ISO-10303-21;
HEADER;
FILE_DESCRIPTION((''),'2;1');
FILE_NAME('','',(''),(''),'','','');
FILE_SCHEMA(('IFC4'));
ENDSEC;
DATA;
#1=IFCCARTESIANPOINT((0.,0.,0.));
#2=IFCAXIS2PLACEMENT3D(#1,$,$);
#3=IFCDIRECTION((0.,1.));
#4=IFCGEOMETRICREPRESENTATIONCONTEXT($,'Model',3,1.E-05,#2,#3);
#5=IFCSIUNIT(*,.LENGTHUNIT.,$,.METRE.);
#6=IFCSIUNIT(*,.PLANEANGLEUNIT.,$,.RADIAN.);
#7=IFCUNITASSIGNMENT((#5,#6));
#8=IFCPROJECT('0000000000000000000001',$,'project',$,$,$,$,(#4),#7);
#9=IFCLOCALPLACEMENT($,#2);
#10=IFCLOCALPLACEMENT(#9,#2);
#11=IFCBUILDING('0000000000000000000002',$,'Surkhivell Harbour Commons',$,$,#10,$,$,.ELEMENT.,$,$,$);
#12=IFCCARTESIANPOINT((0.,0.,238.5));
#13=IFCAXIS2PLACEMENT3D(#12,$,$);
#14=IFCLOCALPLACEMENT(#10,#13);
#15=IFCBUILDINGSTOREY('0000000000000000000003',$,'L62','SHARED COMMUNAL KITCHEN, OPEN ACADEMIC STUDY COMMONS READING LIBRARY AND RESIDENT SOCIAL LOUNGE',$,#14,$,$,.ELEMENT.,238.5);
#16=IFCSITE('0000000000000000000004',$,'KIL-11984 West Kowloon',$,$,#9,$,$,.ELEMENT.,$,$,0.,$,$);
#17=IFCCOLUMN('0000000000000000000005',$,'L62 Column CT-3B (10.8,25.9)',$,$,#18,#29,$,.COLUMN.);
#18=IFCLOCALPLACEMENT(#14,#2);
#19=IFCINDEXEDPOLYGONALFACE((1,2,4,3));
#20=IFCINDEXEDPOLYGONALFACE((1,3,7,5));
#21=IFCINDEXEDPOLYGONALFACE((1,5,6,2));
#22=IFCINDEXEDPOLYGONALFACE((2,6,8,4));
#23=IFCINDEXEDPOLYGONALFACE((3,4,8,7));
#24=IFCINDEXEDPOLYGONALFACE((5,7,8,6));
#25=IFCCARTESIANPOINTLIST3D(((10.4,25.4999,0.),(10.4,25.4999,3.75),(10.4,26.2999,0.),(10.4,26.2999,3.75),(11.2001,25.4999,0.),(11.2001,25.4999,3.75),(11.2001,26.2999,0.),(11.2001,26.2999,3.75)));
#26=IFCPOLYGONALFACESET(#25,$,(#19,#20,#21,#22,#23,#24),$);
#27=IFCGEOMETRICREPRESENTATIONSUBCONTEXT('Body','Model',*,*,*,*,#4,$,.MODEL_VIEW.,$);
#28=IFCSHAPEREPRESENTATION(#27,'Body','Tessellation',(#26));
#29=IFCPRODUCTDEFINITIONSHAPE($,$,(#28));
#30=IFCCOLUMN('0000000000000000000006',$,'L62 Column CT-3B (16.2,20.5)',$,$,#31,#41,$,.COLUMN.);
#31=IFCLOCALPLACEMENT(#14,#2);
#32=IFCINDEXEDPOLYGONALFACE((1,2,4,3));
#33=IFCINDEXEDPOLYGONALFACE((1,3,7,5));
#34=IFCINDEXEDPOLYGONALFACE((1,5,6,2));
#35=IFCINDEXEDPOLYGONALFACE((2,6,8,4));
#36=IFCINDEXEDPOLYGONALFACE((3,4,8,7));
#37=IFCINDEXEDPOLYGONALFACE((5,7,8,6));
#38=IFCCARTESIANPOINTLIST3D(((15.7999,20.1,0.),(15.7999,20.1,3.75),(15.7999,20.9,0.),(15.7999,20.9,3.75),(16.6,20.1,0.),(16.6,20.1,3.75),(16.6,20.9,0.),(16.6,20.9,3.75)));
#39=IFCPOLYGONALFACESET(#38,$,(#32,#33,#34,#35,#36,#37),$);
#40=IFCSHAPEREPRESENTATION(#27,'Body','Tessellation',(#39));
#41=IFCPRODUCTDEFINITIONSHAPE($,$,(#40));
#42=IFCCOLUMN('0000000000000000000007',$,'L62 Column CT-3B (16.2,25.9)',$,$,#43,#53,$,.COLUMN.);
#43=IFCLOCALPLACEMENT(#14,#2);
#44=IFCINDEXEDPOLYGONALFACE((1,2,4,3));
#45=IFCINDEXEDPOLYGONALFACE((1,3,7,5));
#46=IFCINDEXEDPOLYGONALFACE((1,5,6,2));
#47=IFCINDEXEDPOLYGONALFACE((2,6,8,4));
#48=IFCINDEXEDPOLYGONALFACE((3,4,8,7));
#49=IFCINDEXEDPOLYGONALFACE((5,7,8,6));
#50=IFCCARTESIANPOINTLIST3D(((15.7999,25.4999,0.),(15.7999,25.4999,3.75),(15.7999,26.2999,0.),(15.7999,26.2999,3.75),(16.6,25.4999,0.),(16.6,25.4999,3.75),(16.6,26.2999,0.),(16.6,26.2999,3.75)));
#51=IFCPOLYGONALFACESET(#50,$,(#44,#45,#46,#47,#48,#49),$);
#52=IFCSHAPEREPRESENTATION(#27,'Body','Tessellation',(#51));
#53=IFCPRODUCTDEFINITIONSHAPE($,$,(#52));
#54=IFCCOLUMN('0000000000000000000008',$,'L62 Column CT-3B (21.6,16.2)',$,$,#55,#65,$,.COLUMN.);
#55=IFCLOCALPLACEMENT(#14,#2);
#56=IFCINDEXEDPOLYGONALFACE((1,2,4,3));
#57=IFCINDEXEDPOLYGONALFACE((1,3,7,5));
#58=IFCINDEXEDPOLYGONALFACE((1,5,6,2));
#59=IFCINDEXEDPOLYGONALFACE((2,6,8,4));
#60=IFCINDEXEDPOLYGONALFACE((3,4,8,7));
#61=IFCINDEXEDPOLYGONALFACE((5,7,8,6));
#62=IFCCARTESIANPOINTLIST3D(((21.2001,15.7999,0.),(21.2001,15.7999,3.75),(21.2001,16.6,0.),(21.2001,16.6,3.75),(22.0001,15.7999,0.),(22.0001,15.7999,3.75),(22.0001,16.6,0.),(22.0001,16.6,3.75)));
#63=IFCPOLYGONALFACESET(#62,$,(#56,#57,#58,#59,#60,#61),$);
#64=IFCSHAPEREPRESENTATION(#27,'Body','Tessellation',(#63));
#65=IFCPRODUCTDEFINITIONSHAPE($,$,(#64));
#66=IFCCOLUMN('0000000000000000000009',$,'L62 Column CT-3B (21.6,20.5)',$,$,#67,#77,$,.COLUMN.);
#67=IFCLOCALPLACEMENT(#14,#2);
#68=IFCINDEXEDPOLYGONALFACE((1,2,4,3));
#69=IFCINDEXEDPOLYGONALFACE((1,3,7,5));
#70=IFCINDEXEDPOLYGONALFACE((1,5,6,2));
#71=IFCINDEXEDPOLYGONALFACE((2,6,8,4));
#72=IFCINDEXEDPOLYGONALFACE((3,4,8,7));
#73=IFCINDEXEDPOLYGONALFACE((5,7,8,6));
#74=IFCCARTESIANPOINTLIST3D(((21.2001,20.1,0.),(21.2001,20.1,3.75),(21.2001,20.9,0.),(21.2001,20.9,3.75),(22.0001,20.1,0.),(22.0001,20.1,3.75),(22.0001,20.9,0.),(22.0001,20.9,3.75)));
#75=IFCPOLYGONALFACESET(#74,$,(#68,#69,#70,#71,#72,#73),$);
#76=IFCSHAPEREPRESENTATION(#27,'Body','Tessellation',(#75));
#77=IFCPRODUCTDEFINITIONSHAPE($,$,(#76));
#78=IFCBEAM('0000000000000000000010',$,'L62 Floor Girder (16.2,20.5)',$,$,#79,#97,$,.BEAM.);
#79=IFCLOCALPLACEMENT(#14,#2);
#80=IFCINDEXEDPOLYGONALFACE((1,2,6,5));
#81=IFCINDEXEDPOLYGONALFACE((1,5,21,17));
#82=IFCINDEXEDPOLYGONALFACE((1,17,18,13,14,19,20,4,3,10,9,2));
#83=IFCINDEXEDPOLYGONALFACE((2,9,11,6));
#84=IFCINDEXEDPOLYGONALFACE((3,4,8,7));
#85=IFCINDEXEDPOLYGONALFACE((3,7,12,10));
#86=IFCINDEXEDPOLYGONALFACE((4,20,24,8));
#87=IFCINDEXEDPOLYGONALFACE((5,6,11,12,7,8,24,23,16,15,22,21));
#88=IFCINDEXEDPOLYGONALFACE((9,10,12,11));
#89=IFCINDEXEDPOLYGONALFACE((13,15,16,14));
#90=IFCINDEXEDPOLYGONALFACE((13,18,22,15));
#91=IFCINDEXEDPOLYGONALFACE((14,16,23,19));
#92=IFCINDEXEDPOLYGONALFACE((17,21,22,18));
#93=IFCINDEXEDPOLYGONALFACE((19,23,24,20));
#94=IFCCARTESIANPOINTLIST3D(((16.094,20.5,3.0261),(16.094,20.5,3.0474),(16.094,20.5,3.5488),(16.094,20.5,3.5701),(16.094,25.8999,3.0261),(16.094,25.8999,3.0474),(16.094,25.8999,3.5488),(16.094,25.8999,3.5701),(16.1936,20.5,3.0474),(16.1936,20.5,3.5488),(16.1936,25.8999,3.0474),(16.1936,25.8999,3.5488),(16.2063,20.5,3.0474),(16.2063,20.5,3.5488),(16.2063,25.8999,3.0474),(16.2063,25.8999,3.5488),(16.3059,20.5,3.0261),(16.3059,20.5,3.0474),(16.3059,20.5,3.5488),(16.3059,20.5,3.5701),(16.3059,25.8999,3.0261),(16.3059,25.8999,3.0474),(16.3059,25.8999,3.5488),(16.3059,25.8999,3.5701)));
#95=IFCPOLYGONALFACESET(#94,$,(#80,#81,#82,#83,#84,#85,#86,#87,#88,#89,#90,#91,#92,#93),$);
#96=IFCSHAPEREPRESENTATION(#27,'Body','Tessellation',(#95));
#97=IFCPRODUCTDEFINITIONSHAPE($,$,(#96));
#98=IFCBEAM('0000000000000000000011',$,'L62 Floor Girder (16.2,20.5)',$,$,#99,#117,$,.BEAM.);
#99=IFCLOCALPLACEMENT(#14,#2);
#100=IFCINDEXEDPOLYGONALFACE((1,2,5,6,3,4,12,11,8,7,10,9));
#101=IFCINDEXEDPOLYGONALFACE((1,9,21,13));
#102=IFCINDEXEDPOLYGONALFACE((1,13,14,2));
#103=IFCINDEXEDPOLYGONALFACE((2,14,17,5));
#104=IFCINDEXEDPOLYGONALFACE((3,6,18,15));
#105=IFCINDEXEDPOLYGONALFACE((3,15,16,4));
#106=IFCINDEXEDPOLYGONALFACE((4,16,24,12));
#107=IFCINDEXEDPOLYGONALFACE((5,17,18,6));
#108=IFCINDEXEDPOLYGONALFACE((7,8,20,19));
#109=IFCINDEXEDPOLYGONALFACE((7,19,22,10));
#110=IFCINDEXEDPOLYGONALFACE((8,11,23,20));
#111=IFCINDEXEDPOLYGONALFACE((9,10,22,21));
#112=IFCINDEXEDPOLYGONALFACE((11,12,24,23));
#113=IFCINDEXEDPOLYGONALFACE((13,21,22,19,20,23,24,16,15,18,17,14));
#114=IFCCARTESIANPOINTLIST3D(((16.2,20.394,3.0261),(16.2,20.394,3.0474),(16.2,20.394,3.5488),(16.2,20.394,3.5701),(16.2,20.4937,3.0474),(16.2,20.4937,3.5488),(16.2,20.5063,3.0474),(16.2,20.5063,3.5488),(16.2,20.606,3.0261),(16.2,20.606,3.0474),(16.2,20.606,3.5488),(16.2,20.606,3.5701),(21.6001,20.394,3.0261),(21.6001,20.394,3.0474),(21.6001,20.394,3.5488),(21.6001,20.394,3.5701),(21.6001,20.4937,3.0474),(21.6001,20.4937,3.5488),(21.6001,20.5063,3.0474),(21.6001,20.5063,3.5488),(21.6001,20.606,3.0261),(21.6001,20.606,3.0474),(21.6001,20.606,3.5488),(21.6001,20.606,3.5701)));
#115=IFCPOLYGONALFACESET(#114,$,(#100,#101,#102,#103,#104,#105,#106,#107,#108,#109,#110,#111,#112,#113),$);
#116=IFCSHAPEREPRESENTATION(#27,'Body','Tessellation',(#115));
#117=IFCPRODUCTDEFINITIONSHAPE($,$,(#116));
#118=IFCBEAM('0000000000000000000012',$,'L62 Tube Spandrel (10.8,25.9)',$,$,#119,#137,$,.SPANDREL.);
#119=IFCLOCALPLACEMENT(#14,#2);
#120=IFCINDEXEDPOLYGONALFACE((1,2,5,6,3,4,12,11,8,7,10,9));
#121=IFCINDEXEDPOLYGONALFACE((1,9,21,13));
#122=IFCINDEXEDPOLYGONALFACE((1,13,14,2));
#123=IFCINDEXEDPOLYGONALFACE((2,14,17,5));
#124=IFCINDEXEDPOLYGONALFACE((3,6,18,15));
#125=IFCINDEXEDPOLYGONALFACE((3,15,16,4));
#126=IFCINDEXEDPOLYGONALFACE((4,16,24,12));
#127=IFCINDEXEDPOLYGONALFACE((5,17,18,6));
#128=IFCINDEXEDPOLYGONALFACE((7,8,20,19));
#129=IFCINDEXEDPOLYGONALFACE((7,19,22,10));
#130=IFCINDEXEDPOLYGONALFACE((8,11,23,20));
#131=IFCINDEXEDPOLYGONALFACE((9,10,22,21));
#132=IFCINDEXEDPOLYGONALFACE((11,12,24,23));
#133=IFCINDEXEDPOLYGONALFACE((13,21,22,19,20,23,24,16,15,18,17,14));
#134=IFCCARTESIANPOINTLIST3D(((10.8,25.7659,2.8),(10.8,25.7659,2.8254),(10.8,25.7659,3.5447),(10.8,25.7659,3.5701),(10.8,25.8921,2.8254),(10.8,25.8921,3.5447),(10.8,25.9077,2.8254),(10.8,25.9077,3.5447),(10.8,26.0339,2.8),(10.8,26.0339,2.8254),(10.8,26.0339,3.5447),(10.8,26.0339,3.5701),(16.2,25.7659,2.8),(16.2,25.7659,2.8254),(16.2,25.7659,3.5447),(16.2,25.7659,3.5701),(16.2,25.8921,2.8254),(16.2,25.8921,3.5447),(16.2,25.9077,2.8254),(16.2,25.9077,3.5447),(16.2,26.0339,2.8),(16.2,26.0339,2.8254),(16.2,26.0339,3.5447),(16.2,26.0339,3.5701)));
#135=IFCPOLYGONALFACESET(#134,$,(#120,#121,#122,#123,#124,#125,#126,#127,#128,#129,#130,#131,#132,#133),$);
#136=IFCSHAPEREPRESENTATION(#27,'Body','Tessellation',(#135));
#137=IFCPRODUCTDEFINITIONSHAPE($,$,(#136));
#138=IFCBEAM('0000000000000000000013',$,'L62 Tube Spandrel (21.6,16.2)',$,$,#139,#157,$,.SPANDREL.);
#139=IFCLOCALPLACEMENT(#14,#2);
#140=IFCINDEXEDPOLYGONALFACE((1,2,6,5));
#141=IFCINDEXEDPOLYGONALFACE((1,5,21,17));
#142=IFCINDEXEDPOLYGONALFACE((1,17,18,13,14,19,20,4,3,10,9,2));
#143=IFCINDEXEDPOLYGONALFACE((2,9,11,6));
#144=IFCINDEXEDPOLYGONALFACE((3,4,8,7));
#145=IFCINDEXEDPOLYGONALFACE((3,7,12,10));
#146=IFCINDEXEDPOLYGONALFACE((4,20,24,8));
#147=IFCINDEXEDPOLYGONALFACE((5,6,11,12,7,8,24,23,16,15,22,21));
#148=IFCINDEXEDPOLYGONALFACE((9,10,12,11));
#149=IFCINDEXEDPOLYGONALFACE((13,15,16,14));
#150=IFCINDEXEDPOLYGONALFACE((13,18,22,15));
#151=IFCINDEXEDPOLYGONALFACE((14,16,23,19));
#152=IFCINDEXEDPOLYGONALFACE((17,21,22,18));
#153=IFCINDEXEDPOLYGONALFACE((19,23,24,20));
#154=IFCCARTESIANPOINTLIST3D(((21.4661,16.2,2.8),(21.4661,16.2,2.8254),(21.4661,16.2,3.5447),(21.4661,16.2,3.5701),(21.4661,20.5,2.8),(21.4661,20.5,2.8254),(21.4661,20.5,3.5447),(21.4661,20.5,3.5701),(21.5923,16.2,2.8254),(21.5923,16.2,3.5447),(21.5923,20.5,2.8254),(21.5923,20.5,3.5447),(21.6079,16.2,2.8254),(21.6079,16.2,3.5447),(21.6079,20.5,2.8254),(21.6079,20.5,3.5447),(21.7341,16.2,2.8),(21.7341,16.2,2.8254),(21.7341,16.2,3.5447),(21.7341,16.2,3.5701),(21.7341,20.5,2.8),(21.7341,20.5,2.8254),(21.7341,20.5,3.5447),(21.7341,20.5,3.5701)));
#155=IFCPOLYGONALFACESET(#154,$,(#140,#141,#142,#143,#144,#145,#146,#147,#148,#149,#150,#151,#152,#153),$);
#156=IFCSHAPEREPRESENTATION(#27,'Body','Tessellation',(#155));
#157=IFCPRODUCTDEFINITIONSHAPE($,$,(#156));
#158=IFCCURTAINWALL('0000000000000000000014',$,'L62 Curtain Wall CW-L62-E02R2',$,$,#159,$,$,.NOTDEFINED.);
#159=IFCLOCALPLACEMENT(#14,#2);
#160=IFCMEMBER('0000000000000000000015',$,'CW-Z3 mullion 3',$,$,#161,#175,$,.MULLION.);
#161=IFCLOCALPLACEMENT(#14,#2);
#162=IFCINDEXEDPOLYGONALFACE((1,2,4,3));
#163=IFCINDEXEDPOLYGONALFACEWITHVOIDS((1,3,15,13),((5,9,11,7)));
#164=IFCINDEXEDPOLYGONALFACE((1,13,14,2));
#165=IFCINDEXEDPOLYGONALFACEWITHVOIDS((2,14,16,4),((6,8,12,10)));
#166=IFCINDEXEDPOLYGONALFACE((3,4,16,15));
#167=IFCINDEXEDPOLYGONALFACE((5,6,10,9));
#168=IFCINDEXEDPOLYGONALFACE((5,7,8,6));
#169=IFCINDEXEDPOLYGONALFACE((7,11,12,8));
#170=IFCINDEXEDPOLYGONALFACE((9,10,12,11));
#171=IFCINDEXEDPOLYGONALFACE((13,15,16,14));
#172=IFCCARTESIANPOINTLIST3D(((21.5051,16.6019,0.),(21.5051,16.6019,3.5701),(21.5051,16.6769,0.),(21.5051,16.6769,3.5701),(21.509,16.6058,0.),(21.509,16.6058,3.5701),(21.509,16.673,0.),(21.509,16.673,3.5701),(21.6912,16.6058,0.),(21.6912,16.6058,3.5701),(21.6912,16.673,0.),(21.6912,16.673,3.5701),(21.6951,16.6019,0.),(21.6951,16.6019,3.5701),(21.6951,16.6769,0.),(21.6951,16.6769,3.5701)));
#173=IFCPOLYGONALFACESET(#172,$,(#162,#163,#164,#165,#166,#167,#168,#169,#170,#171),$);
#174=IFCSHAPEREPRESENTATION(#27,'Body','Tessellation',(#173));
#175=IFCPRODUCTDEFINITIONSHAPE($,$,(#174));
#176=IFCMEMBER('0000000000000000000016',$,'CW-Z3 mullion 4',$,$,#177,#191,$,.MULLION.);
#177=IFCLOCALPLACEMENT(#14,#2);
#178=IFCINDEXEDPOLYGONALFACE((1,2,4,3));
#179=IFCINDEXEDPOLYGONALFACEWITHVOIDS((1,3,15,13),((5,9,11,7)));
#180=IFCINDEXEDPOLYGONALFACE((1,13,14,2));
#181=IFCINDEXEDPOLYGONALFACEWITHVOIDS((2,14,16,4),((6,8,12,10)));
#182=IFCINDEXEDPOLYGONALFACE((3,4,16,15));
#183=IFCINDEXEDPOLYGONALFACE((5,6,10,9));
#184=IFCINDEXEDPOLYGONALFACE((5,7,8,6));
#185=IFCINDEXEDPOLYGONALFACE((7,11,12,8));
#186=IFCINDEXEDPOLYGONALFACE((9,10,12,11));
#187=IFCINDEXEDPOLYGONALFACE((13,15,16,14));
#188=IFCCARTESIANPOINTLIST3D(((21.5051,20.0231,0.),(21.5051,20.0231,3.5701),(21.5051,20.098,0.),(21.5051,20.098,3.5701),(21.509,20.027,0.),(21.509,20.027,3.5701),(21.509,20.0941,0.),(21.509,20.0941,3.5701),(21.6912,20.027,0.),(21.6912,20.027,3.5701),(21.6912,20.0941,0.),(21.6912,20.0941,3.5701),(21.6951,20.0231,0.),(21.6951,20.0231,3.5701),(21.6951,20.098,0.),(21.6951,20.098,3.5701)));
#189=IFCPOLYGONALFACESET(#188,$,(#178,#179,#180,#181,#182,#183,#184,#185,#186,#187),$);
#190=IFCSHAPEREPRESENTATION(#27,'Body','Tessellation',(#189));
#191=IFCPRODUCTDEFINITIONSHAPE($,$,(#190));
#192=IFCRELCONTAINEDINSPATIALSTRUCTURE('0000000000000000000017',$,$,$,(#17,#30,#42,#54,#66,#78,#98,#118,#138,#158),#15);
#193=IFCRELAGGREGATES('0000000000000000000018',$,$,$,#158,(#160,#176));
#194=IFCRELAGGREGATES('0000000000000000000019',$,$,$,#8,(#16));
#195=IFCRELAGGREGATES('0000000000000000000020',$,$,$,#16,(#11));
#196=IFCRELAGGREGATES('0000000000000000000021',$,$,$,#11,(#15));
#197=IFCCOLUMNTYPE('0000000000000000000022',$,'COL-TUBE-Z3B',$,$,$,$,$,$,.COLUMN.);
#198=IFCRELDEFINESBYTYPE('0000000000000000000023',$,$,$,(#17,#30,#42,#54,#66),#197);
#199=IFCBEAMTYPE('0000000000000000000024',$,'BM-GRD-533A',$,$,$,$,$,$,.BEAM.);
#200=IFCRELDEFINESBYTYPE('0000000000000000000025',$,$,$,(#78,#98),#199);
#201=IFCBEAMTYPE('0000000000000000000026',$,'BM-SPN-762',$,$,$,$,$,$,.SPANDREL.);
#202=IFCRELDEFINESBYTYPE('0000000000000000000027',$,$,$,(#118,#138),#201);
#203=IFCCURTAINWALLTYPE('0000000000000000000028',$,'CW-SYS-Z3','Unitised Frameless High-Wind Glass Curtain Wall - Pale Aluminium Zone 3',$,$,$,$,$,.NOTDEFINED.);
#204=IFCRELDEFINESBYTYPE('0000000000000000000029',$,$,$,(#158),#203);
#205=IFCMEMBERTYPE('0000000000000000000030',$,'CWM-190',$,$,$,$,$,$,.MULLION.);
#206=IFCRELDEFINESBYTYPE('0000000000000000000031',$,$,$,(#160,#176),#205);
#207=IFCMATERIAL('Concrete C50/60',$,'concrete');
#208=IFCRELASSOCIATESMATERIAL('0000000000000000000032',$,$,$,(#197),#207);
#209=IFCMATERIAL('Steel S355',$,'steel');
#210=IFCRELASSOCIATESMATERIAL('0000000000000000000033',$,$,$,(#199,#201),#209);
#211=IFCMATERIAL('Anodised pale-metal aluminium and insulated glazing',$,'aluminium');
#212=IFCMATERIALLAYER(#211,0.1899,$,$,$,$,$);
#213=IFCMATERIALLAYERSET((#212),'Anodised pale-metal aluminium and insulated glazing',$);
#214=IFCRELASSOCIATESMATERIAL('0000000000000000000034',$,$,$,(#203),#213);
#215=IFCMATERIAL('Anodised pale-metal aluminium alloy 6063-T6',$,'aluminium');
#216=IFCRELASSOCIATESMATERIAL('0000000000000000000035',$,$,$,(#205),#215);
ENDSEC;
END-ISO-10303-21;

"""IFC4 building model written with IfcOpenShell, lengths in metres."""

from ifc_helpers import new_model, si_unit, direction, frame, origin, origin_2d, place, context, subcontext, project, spatial, rectangle, hollow_rectangle, i_section, extrude, material, layer, layer_set, material_profile, profile_set, type_object, element, aggregate, save


model = new_model("IFC4")

# Units and contexts
model_context = context("Model", 3, precision=1e-05, world=origin(), true_north=direction((0.0, 1.0)))
body_context = subcontext(model_context, "Body", "Model", "MODEL_VIEW")
ifc_project = project(units=[si_unit("LENGTHUNIT", "METRE"), si_unit("PLANEANGLEUNIT", "RADIAN")], contexts=[model_context])

# Site, building, storey
site_placement = place(None, origin())
site = spatial("IfcSite", under=ifc_project, at=site_placement, Name="KIL-11984 West Kowloon", CompositionType="ELEMENT", RefElevation=0.0)
building_placement = place(site_placement, origin())
building = spatial("IfcBuilding", under=site, at=building_placement, Name="Surkhivell Harbour Commons", CompositionType="ELEMENT")
storey_placement = place(building_placement, frame((0.0, 0.0, 238.5)))
storey = spatial("IfcBuildingStorey", under=building, at=storey_placement, Name="L62", Description="SHARED COMMUNAL KITCHEN, OPEN ACADEMIC STUDY COMMONS READING LIBRARY AND RESIDENT SOCIAL LOUNGE", CompositionType="ELEMENT", Elevation=238.5)

# Columns
ifc_material_1 = material(Name="Concrete C50/60", Category="concrete")
ifc_material_profile_1 = material_profile(ifc_material_1, rectangle(XDim=0.8, YDim=0.8, at=origin_2d()), Name="RC-COL-800x800")
ifc_profile_set_1 = profile_set([ifc_material_profile_1], Name="Concrete C50/60")
column_type = type_object("IfcColumnType", Name="COL-TUBE-Z3B", PredefinedType="COLUMN", material=ifc_profile_set_1)
for number, where, z_axis, x_axis, name in (
    (1, (10.8, 25.8999, 0.0), (0.0, 0.0, 1.0), (1.0, 0.0, 0.0), "L62 Column CT-3B (10.8,25.9)"),
    (2, (16.2, 20.5, 0.0), (0.0, 0.0, 1.0), (1.0, 0.0, 0.0), "L62 Column CT-3B (16.2,20.5)"),
    (3, (16.2, 25.8999, 0.0), (0.0, 0.0, 1.0), (1.0, 0.0, 0.0), "L62 Column CT-3B (16.2,25.9)"),
    (4, (21.6001, 16.2, 0.0), (0.0, 0.0, 1.0), (1.0, 0.0, 0.0), "L62 Column CT-3B (21.6,16.2)"),
    (5, (21.6001, 20.5, 0.0), (0.0, 0.0, 1.0), (1.0, 0.0, 0.0), "L62 Column CT-3B (21.6,20.5)"),
):
    element("IfcColumn", number, at=place(storey_placement, frame(where, z_axis=z_axis, x_axis=x_axis)), inside=storey, type_object=column_type, Name=name, PredefinedType="COLUMN", context=body_context, shape_type="SweptSolid", body=[
        extrude(rectangle(XDim=0.8, YDim=0.8, at=origin_2d()), origin(), (0.0, 0.0, 1.0), 3.75),
    ])

# Beams
ifc_material_2 = material(Name="Steel S355", Category="steel")
ifc_material_profile_2 = material_profile(ifc_material_2, i_section(OverallWidth=0.2119, OverallDepth=0.5439, WebThickness=0.0127, FlangeThickness=0.0212, at=origin_2d()), Name="UB533x210x122")
ifc_profile_set_2 = profile_set([ifc_material_profile_2], Name="Steel S355")
beam_type_1 = type_object("IfcBeamType", Name="BM-GRD-533A", PredefinedType="BEAM", material=ifc_profile_set_2)
beam_1_placement = place(storey_placement, frame((16.2, 20.5, 3.2981), z_axis=(0.0, 1.0, 0.0), x_axis=(-1.0, 0.0, 0.0)))
element("IfcBeam", 6, at=beam_1_placement, inside=storey, type_object=beam_type_1, Name="L62 Floor Girder (16.2,20.5)", PredefinedType="BEAM", context=body_context, shape_type="SweptSolid", body=[
    extrude(i_section(OverallWidth=0.2119, OverallDepth=0.5439, WebThickness=0.0127, FlangeThickness=0.0212, at=origin_2d()), origin(), (0.0, 0.0, 1.0), 5.3999),
])
beam_2_placement = place(storey_placement, frame((16.2, 20.5, 3.2981), z_axis=(1.0, 0.0, 0.0), x_axis=(0.0, 1.0, 0.0)))
element("IfcBeam", 7, at=beam_2_placement, inside=storey, type_object=beam_type_1, Name="L62 Floor Girder (16.2,20.5)", PredefinedType="BEAM", context=body_context, shape_type="SweptSolid", body=[
    extrude(i_section(OverallWidth=0.2119, OverallDepth=0.5439, WebThickness=0.0127, FlangeThickness=0.0212, at=origin_2d()), origin(), (0.0, 0.0, 1.0), 5.4001),
])
ifc_material_profile_3 = material_profile(ifc_material_2, i_section(OverallWidth=0.2681, OverallDepth=0.77, WebThickness=0.0156, FlangeThickness=0.0254, at=origin_2d()), Name="UB762x267x197")
ifc_profile_set_3 = profile_set([ifc_material_profile_3], Name="Steel S355")
beam_type_2 = type_object("IfcBeamType", Name="BM-SPN-762", PredefinedType="SPANDREL", material=ifc_profile_set_3)
beam_3_placement = place(storey_placement, frame((10.8, 25.8999, 3.1851), z_axis=(1.0, 0.0, 0.0), x_axis=(0.0, 1.0, 0.0)))
element("IfcBeam", 8, at=beam_3_placement, inside=storey, type_object=beam_type_2, Name="L62 Tube Spandrel (10.8,25.9)", PredefinedType="SPANDREL", context=body_context, shape_type="SweptSolid", body=[
    extrude(i_section(OverallWidth=0.2681, OverallDepth=0.77, WebThickness=0.0156, FlangeThickness=0.0254, at=origin_2d()), origin(), (0.0, 0.0, 1.0), 5.3999),
])
beam_4_placement = place(storey_placement, frame((21.6001, 16.2, 3.1851), z_axis=(0.0, 1.0, 0.0), x_axis=(-1.0, 0.0, 0.0)))
element("IfcBeam", 9, at=beam_4_placement, inside=storey, type_object=beam_type_2, Name="L62 Tube Spandrel (21.6,16.2)", PredefinedType="SPANDREL", context=body_context, shape_type="SweptSolid", body=[
    extrude(i_section(OverallWidth=0.2681, OverallDepth=0.77, WebThickness=0.0156, FlangeThickness=0.0254, at=origin_2d()), origin(), (0.0, 0.0, 1.0), 4.3),
])

# Curtain wall, members
ifc_material_3 = material(Name="Anodised pale-metal aluminium and insulated glazing", Category="aluminium")
ifc_layer_1 = layer(ifc_material_3, 0.1899)
ifc_layer_set_1 = layer_set([ifc_layer_1], Name="Anodised pale-metal aluminium and insulated glazing")
curtain_wall_type = type_object("IfcCurtainWallType", Name="CW-SYS-Z3", Description="Unitised Frameless High-Wind Glass Curtain Wall - Pale Aluminium Zone 3", PredefinedType="NOTDEFINED", material=ifc_layer_set_1)
curtain_wall_1_placement = place(storey_placement, origin())
curtain_wall_1 = element("IfcCurtainWall", 10, at=curtain_wall_1_placement, inside=storey, type_object=curtain_wall_type, Name="L62 Curtain Wall CW-L62-E02R2", PredefinedType="NOTDEFINED")
ifc_material_4 = material(Name="Anodised pale-metal aluminium alloy 6063-T6", Category="aluminium")
ifc_material_profile_4 = material_profile(ifc_material_4, hollow_rectangle(XDim=0.075, YDim=0.1899, WallThickness=0.0039, at=origin_2d()), Name="ALU-MULL-75x190")
ifc_profile_set_4 = profile_set([ifc_material_profile_4], Name="Anodised pale-metal aluminium alloy 6063-T6")
member_type_1 = type_object("IfcMemberType", Name="CWM-190", PredefinedType="MULLION", material=ifc_profile_set_4)
member_1_placement = place(storey_placement, frame((21.6001, 16.6394, 0.0), z_axis=(0.0, 0.0, 1.0), x_axis=(0.0, 1.0, 0.0)))
member_1 = element("IfcMember", 11, at=member_1_placement, type_object=member_type_1, Name="CW-Z3 mullion 3", PredefinedType="MULLION", context=body_context, shape_type="SweptSolid", body=[
    extrude(hollow_rectangle(XDim=0.075, YDim=0.1899, WallThickness=0.0039, at=origin_2d()), origin(), (0.0, 0.0, 1.0), 3.5701),
])
member_2_placement = place(storey_placement, frame((21.6001, 20.0605, 0.0), z_axis=(0.0, 0.0, 1.0), x_axis=(0.0, 1.0, 0.0)))
member_2 = element("IfcMember", 12, at=member_2_placement, type_object=member_type_1, Name="CW-Z3 mullion 4", PredefinedType="MULLION", context=body_context, shape_type="SweptSolid", body=[
    extrude(hollow_rectangle(XDim=0.075, YDim=0.1899, WallThickness=0.0039, at=origin_2d()), origin(), (0.0, 0.0, 1.0), 3.5701),
])

aggregate(curtain_wall_1, [member_1, member_2])

save(model, "model.ifc")
